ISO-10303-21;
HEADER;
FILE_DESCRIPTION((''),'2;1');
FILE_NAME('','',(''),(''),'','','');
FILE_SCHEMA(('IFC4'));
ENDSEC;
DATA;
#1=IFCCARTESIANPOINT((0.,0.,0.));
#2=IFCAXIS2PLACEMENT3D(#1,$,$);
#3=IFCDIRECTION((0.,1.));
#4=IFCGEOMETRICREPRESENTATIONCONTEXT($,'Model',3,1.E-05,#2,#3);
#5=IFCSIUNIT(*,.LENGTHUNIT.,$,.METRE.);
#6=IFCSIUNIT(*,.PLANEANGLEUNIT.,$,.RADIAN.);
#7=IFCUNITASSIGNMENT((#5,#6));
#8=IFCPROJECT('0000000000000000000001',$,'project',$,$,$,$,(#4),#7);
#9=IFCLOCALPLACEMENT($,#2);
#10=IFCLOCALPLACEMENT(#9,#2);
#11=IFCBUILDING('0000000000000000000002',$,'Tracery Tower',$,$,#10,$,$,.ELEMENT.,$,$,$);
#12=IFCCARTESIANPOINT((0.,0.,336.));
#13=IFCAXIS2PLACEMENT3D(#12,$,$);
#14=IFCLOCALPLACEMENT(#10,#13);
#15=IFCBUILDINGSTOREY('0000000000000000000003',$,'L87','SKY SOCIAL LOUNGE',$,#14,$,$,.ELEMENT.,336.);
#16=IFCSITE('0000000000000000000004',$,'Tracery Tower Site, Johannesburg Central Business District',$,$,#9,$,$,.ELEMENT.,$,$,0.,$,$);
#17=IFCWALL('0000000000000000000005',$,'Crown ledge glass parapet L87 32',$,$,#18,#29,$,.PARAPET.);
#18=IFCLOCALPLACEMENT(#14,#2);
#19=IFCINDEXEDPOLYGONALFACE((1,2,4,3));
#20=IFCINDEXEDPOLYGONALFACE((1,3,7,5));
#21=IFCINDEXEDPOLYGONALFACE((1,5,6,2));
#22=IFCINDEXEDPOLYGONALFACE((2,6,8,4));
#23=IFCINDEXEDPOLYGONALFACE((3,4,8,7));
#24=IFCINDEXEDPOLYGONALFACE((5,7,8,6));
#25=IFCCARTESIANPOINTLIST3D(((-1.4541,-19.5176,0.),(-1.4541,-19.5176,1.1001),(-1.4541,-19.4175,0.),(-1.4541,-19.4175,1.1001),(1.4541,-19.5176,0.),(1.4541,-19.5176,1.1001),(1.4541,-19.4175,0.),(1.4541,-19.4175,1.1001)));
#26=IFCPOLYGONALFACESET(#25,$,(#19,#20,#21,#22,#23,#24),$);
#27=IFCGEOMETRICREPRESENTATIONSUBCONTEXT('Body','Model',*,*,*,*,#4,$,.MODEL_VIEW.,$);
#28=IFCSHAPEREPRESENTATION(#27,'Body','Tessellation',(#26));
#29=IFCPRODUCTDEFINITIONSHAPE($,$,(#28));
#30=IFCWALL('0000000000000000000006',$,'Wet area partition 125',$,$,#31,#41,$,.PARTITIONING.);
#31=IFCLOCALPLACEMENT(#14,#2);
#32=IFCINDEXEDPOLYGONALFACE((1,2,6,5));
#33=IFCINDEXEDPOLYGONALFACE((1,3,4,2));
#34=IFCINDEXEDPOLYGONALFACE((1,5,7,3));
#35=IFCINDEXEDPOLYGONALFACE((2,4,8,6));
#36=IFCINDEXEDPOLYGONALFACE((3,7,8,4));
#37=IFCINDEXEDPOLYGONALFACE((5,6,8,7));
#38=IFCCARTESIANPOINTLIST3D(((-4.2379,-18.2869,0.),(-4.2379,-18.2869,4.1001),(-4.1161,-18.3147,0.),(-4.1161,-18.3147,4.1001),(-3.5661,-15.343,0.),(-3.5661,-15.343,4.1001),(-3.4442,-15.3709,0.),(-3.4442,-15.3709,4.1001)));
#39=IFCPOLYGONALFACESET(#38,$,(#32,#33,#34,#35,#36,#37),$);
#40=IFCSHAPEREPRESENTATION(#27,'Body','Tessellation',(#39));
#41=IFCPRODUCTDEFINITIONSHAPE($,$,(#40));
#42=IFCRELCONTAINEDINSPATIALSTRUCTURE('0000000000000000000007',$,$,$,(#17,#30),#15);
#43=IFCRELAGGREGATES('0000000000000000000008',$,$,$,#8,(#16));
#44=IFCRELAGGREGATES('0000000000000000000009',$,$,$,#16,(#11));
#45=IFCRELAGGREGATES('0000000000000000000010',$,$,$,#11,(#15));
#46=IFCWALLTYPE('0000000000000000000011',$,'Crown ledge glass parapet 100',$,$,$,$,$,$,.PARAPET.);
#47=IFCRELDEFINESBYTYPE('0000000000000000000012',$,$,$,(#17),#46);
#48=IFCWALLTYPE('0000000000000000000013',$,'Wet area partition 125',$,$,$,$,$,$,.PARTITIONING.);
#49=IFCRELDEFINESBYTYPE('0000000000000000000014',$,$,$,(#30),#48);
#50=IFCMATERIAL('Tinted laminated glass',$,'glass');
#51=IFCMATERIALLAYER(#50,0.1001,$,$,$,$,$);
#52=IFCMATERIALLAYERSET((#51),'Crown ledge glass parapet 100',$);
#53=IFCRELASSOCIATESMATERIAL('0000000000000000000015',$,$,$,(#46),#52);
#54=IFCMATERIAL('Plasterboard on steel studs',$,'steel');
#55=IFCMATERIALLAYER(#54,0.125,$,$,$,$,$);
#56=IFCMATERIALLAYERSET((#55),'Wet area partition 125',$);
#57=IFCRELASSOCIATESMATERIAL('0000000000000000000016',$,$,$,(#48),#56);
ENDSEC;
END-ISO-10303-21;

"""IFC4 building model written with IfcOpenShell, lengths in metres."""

from ifc_helpers import new_model, si_unit, direction, frame, frame_2d, origin, place, context, subcontext, project, spatial, rectangle, extrude, material, layer, layer_set, type_object, element, save


model = new_model("IFC4")

# Units and contexts
model_context = context("Model", 3, precision=1e-05, world=origin(), true_north=direction((0.0, 1.0)))
body_context = subcontext(model_context, "Body", "Model", "MODEL_VIEW")
ifc_project = project(units=[si_unit("LENGTHUNIT", "METRE"), si_unit("PLANEANGLEUNIT", "RADIAN")], contexts=[model_context])

# Site, building, storey
site_placement = place(None, origin())
site = spatial("IfcSite", under=ifc_project, at=site_placement, Name="Tracery Tower Site, Johannesburg Central Business District", CompositionType="ELEMENT", RefElevation=0.0)
building_placement = place(site_placement, origin())
building = spatial("IfcBuilding", under=site, at=building_placement, Name="Tracery Tower", CompositionType="ELEMENT")
storey_placement = place(building_placement, frame((0.0, 0.0, 336.0)))
storey = spatial("IfcBuildingStorey", under=building, at=storey_placement, Name="L87", Description="SKY SOCIAL LOUNGE", CompositionType="ELEMENT", Elevation=336.0)

# Walls
ifc_material_1 = material(Name="Tinted laminated glass", Category="glass")
ifc_layer_1 = layer(ifc_material_1, 0.1001)
ifc_layer_set_1 = layer_set([ifc_layer_1], Name="Crown ledge glass parapet 100")
wall_type_1 = type_object("IfcWallType", Name="Crown ledge glass parapet 100", PredefinedType="PARAPET", material=ifc_layer_set_1)
for number, where, z_axis, x_axis, name in (
    (1, (-1.4541, -19.4675, 0.0), (0.0, 0.0, 1.0), (1.0, 0.0, 0.0), "Crown ledge glass parapet L87 32"),
):
    element("IfcWall", number, at=place(storey_placement, frame(where, z_axis=z_axis, x_axis=x_axis)), inside=storey, type_object=wall_type_1, Name=name, PredefinedType="PARAPET", context=body_context, shape_type="SweptSolid", body=[
        extrude(rectangle(XDim=2.9082, YDim=0.1001, at=frame_2d((1.4541, 0.0))), origin(), (0.0, 0.0, 1.0), 1.1001),
    ])
ifc_material_2 = material(Name="Plasterboard on steel studs", Category="steel")
ifc_layer_2 = layer(ifc_material_2, 0.125)
ifc_layer_set_2 = layer_set([ifc_layer_2], Name="Wet area partition 125")
wall_type_2 = type_object("IfcWallType", Name="Wet area partition 125", PredefinedType="PARTITIONING", material=ifc_layer_set_2)
wall_1_placement = place(storey_placement, frame((-4.177, -18.3008, 0.0), z_axis=(0.0, 0.0, 1.0), x_axis=(0.222509, 0.974931, 0.0)))
element("IfcWall", 2, at=wall_1_placement, inside=storey, type_object=wall_type_2, Name="Wet area partition 125", PredefinedType="PARTITIONING", context=body_context, shape_type="SweptSolid", body=[
    extrude(rectangle(XDim=3.0195, YDim=0.125, at=frame_2d((1.5098, 0.0))), origin(), (0.0, 0.0, 1.0), 4.1001),
])

save(model, "model.ifc")
